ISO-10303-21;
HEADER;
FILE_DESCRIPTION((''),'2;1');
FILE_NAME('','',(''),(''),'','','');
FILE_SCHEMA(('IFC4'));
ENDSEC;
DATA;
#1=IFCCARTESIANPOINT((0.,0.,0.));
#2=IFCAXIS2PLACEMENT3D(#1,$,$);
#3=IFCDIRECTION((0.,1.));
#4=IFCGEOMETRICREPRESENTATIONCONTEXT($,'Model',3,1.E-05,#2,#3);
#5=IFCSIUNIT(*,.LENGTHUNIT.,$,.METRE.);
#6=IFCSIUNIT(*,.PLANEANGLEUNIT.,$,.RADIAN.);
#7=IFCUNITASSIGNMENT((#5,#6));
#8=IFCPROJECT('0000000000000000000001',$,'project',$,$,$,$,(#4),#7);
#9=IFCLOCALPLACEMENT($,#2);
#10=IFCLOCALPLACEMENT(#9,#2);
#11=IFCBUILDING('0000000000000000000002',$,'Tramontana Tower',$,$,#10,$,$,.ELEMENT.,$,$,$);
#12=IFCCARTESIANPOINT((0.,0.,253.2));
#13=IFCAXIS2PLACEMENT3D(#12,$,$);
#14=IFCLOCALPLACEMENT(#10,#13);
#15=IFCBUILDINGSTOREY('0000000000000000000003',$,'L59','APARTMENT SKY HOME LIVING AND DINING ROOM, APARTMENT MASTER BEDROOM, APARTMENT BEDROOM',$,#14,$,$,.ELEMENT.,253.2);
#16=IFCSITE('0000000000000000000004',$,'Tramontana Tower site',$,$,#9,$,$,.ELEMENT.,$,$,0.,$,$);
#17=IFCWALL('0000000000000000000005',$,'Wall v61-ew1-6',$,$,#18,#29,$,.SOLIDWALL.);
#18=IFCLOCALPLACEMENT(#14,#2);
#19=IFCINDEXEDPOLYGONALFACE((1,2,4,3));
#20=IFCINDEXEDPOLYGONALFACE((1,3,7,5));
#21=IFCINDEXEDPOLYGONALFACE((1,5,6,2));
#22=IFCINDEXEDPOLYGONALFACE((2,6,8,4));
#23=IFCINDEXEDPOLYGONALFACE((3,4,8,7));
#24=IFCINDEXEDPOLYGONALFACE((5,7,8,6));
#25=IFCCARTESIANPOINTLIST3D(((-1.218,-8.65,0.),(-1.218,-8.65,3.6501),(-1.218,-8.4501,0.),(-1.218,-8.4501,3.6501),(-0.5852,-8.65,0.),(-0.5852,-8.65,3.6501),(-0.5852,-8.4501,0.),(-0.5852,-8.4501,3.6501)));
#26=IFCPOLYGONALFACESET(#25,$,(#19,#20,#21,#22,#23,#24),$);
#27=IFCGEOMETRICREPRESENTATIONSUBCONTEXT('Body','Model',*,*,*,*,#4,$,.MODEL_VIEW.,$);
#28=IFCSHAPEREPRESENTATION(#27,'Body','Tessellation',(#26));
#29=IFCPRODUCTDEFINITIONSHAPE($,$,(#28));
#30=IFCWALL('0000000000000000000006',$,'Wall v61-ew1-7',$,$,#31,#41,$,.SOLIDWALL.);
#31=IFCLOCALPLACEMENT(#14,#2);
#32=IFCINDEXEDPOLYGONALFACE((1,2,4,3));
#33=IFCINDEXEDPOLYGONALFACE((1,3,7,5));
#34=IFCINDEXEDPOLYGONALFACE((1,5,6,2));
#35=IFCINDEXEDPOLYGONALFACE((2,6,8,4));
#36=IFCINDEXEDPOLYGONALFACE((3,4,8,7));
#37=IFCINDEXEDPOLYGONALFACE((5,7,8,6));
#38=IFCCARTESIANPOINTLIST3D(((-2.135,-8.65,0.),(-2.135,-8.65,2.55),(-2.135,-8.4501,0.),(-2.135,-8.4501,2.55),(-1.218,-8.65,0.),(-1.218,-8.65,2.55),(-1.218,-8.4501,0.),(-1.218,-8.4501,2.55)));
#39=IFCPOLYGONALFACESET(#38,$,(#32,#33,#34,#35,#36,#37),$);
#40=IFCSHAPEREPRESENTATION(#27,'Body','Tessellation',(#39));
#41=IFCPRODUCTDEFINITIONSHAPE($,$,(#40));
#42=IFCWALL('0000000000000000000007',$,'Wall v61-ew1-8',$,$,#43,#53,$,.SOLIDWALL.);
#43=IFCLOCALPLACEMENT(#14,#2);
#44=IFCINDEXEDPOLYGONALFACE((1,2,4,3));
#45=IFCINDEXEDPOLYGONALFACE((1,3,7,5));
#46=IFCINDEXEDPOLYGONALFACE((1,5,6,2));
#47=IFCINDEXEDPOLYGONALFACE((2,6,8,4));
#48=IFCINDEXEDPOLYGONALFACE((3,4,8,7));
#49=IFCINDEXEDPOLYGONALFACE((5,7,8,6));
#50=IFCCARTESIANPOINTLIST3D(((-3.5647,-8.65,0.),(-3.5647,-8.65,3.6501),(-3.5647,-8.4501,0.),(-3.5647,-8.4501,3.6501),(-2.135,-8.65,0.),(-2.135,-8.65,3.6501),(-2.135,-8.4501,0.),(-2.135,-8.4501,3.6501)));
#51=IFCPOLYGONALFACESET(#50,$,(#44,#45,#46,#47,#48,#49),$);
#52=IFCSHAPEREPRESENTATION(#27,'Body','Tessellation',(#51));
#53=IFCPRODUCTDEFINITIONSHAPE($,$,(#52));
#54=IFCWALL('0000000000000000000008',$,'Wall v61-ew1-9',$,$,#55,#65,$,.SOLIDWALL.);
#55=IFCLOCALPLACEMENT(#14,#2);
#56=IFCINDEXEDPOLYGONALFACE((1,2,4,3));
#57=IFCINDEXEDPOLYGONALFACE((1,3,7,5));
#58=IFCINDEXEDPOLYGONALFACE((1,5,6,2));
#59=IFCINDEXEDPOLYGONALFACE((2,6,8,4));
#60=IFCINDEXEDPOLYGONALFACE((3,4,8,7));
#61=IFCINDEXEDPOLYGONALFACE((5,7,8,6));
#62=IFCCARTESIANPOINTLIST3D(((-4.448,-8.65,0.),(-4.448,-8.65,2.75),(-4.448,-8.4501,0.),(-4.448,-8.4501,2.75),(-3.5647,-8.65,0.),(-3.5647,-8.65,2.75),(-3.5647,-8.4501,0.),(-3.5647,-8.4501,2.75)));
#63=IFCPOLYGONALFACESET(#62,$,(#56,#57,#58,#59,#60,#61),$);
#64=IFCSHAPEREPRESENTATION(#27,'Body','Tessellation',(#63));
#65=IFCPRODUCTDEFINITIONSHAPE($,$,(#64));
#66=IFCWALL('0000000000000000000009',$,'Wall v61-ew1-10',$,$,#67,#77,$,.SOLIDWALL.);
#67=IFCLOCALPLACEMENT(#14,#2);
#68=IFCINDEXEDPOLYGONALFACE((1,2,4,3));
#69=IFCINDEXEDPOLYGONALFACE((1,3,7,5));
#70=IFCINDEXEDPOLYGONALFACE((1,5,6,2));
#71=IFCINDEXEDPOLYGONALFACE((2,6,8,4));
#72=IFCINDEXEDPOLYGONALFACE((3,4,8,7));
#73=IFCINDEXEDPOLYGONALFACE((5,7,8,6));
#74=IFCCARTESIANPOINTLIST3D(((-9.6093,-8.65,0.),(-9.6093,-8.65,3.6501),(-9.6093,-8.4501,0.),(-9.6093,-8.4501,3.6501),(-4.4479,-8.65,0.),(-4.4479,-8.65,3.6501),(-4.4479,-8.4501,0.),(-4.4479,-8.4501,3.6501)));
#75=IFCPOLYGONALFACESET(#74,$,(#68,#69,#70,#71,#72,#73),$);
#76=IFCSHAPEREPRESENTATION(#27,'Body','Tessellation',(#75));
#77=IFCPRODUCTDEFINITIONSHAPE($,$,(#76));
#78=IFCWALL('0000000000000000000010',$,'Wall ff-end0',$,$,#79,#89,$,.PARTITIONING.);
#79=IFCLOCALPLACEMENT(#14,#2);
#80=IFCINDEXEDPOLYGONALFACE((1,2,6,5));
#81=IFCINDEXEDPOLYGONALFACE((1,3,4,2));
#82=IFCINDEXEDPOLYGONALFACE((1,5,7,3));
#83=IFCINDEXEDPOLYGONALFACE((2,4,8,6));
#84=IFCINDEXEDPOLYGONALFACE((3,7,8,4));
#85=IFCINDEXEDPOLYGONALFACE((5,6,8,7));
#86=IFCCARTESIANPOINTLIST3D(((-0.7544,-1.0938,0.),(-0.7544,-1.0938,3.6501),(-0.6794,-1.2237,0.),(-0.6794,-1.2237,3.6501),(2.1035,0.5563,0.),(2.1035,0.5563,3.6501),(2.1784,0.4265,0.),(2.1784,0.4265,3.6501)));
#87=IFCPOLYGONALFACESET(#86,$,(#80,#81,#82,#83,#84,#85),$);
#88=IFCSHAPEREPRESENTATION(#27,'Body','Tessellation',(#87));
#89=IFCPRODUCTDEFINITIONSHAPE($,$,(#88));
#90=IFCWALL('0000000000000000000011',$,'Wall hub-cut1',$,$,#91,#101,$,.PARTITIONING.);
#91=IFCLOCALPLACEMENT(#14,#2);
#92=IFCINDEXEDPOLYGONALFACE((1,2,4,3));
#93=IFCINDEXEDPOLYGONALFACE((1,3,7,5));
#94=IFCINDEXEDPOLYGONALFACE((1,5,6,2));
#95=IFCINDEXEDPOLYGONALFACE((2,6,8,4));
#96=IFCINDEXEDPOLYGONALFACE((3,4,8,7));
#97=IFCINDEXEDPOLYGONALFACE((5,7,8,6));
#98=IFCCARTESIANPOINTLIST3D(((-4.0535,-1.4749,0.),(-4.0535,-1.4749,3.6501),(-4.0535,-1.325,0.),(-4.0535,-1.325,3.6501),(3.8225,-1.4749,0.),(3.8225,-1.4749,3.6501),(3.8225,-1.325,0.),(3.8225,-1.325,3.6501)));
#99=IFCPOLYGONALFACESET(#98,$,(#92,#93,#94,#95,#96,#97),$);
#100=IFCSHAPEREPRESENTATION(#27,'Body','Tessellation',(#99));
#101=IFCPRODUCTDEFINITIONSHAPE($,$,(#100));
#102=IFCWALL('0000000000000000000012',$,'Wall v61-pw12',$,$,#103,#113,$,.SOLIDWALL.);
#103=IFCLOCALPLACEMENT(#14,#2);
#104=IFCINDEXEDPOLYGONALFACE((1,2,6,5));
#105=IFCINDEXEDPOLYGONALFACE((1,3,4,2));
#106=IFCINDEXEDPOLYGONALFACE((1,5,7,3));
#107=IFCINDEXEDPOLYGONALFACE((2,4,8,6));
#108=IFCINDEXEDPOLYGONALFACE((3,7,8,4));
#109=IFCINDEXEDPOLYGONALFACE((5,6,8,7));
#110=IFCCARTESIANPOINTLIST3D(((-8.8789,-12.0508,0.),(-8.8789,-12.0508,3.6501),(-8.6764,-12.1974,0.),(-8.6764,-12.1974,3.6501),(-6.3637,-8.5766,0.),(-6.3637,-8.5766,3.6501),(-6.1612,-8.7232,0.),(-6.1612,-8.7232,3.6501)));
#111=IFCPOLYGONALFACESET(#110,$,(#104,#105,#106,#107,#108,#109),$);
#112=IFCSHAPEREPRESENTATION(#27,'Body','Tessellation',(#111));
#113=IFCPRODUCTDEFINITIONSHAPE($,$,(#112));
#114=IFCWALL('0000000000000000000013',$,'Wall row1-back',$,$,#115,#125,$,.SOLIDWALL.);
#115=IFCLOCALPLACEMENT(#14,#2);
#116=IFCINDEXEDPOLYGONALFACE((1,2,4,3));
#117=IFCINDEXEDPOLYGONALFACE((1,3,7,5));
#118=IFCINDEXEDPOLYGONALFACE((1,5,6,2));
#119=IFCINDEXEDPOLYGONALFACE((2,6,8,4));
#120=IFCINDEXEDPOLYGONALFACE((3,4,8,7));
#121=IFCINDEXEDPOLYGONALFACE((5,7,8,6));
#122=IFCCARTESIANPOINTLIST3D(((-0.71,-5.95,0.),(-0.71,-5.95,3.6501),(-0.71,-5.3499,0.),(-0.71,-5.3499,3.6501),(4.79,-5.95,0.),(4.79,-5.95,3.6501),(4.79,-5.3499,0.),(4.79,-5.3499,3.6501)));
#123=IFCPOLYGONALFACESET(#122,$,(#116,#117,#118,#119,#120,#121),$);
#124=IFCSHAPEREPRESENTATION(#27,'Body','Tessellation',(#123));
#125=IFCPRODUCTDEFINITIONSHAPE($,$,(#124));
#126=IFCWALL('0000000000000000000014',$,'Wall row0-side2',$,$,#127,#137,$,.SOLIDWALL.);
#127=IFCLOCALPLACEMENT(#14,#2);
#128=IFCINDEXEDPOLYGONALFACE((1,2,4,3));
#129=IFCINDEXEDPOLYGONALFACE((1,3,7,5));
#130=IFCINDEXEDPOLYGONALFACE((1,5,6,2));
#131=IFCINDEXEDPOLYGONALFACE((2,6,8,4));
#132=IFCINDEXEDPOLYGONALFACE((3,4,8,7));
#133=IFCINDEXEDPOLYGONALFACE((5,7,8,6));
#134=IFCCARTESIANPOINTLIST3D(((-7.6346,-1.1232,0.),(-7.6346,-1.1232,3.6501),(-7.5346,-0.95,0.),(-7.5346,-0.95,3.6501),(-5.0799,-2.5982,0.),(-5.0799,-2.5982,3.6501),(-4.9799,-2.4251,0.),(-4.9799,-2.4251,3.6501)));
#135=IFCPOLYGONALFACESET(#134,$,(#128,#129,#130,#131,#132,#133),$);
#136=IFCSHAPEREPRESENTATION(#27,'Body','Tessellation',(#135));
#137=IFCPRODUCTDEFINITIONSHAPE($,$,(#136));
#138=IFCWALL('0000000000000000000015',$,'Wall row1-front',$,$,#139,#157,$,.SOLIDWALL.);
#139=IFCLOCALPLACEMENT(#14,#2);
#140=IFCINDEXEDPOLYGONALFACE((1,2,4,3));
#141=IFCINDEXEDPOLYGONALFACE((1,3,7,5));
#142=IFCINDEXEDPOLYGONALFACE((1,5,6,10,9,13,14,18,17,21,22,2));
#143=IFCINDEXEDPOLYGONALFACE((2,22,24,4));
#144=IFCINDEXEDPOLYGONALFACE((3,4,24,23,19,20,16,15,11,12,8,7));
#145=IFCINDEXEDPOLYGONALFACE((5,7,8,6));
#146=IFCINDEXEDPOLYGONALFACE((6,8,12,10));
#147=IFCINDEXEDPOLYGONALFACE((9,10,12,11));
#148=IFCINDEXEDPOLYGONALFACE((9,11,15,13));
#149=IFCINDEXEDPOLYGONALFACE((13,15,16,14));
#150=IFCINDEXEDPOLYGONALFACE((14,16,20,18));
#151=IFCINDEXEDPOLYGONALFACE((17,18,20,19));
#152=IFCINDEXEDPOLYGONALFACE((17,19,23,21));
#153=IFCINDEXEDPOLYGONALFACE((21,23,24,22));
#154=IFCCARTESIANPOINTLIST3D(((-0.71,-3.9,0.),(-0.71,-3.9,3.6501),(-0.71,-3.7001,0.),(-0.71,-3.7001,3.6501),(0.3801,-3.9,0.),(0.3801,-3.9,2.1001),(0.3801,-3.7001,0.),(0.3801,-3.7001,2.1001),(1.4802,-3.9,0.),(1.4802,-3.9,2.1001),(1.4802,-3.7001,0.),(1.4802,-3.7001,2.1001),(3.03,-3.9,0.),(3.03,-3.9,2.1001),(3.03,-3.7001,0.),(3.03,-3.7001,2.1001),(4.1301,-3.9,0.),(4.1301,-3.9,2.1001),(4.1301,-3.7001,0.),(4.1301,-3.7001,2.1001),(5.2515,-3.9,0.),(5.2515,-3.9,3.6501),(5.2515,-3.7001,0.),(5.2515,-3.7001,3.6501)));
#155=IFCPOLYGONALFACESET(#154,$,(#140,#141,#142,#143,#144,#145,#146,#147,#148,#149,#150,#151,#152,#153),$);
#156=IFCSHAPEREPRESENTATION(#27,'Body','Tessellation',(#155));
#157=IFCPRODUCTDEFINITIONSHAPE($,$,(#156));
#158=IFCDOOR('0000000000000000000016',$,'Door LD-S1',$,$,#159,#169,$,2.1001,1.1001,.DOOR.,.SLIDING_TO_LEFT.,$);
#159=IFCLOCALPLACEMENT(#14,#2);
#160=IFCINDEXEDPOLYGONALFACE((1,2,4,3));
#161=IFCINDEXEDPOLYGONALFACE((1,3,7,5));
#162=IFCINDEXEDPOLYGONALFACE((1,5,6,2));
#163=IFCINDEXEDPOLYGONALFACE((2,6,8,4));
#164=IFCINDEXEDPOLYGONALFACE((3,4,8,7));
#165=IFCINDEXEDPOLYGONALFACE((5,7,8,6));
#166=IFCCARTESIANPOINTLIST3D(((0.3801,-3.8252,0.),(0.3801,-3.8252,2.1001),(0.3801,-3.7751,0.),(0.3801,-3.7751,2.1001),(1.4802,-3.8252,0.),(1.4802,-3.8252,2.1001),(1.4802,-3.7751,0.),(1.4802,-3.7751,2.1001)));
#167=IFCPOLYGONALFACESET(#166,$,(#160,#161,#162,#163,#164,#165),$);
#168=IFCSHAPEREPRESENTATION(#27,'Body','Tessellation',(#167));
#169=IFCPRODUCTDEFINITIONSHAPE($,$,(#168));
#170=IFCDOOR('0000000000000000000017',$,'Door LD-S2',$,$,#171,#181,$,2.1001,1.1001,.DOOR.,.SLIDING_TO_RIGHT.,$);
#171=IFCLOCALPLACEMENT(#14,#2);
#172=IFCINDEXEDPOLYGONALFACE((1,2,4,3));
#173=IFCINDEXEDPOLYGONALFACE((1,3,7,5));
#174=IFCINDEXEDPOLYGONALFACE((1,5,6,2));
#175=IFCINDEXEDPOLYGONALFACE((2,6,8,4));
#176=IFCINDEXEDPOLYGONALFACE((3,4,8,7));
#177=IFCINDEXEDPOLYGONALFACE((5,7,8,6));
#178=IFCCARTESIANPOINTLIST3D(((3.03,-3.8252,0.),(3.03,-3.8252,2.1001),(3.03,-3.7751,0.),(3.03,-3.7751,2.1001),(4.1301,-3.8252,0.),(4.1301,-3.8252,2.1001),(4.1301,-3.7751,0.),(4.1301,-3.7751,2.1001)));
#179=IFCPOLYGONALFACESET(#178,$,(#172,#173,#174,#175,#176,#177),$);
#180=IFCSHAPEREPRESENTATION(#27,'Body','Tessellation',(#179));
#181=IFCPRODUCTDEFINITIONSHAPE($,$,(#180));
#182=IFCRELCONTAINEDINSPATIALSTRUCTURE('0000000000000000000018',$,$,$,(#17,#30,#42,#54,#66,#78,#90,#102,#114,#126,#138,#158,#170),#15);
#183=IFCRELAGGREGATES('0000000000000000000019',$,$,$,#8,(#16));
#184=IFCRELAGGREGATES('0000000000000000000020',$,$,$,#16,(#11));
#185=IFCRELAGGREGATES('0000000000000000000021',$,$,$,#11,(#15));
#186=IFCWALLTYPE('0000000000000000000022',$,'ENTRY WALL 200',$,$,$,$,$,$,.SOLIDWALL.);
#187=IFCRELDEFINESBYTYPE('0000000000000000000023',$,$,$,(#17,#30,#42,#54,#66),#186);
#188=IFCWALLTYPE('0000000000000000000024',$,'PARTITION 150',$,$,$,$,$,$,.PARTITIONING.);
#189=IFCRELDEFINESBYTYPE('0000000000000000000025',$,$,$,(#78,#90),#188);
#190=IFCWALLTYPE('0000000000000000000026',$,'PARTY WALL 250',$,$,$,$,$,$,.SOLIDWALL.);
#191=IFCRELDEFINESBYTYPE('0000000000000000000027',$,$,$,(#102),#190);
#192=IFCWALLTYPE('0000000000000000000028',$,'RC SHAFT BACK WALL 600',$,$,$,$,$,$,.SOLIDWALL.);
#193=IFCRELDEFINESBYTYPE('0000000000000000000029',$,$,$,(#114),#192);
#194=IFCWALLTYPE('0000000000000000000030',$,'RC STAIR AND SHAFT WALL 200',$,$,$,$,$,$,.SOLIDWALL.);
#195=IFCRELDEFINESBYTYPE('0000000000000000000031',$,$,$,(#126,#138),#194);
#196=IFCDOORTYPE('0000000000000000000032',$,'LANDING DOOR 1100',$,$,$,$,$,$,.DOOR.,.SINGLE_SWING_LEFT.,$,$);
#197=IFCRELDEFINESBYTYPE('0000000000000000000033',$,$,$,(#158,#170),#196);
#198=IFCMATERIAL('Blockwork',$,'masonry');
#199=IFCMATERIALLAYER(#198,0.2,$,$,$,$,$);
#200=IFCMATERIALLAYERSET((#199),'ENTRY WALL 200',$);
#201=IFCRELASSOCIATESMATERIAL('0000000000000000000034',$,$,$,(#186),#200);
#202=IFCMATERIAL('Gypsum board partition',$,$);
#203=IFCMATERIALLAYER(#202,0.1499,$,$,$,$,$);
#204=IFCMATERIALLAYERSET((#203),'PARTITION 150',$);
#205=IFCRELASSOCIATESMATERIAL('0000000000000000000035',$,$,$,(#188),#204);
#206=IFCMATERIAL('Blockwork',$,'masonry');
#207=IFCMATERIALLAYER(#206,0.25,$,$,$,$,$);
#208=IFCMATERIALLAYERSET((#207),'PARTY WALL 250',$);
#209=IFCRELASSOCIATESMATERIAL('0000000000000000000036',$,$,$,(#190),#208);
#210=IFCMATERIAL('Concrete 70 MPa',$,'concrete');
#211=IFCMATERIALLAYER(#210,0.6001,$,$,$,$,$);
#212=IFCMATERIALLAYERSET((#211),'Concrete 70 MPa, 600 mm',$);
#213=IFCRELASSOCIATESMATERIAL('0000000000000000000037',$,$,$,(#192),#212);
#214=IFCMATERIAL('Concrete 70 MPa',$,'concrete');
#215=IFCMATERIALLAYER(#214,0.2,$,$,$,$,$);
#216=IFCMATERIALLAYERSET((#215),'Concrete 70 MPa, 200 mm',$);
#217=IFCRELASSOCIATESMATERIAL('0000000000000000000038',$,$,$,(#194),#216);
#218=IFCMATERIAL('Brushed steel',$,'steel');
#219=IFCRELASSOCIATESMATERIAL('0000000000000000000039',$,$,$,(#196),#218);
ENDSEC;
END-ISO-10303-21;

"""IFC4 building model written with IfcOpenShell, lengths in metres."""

from ifc_helpers import new_model, si_unit, direction, frame, frame_2d, origin, place, context, subcontext, project, spatial, rectangle, extrude, material, layer, layer_set, type_object, element, fill, save


model = new_model("IFC4")

# Units and contexts
model_context = context("Model", 3, precision=1e-05, world=origin(), true_north=direction((0.0, 1.0)))
body_context = subcontext(model_context, "Body", "Model", "MODEL_VIEW")
ifc_project = project(units=[si_unit("LENGTHUNIT", "METRE"), si_unit("PLANEANGLEUNIT", "RADIAN")], contexts=[model_context])

# Site, building, storey
site_placement = place(None, origin())
site = spatial("IfcSite", under=ifc_project, at=site_placement, Name="Tramontana Tower site", CompositionType="ELEMENT", RefElevation=0.0)
building_placement = place(site_placement, origin())
building = spatial("IfcBuilding", under=site, at=building_placement, Name="Tramontana Tower", CompositionType="ELEMENT")
storey_placement = place(building_placement, frame((0.0, 0.0, 253.2)))
storey = spatial("IfcBuildingStorey", under=building, at=storey_placement, Name="L59", Description="APARTMENT SKY HOME LIVING AND DINING ROOM, APARTMENT MASTER BEDROOM, APARTMENT BEDROOM", CompositionType="ELEMENT", Elevation=253.2)

# Walls
ifc_material_1 = material(Name="Blockwork", Category="masonry")
ifc_layer_1 = layer(ifc_material_1, 0.2)
ifc_layer_set_1 = layer_set([ifc_layer_1], Name="ENTRY WALL 200")
wall_type_1 = type_object("IfcWallType", Name="ENTRY WALL 200", PredefinedType="SOLIDWALL", material=ifc_layer_set_1)
wall_1_placement = place(storey_placement, frame((-0.5852, -8.55, 0.0), z_axis=(0.0, 0.0, 1.0), x_axis=(-1.0, 0.0, 0.0)))
element("IfcWall", 1, at=wall_1_placement, inside=storey, type_object=wall_type_1, Name="Wall v61-ew1-6", PredefinedType="SOLIDWALL", context=body_context, shape_type="SweptSolid", body=[
    extrude(rectangle(XDim=0.6328, YDim=0.2, at=frame_2d((0.3164, 0.0))), origin(), (0.0, 0.0, 1.0), 3.6501),
])
wall_2_placement = place(storey_placement, frame((-1.218, -8.55, 0.0), z_axis=(0.0, 0.0, 1.0), x_axis=(-1.0, 0.0, 0.0)))
element("IfcWall", 2, at=wall_2_placement, inside=storey, type_object=wall_type_1, Name="Wall v61-ew1-7", PredefinedType="SOLIDWALL", context=body_context, shape_type="SweptSolid", body=[
    extrude(rectangle(XDim=0.917, YDim=0.2, at=frame_2d((0.4585, 0.0))), origin(), (0.0, 0.0, 1.0), 2.55),
])
wall_3_placement = place(storey_placement, frame((-2.135, -8.55, 0.0), z_axis=(0.0, 0.0, 1.0), x_axis=(-1.0, 0.0, 0.0)))
element("IfcWall", 3, at=wall_3_placement, inside=storey, type_object=wall_type_1, Name="Wall v61-ew1-8", PredefinedType="SOLIDWALL", context=body_context, shape_type="SweptSolid", body=[
    extrude(rectangle(XDim=1.4297, YDim=0.2, at=frame_2d((0.7148, 0.0))), origin(), (0.0, 0.0, 1.0), 3.6501),
])
wall_4_placement = place(storey_placement, frame((-3.5647, -8.55, 0.0), z_axis=(0.0, 0.0, 1.0), x_axis=(-1.0, 0.0, 0.0)))
element("IfcWall", 4, at=wall_4_placement, inside=storey, type_object=wall_type_1, Name="Wall v61-ew1-9", PredefinedType="SOLIDWALL", context=body_context, shape_type="SweptSolid", body=[
    extrude(rectangle(XDim=0.8833, YDim=0.2, at=frame_2d((0.4417, 0.0))), origin(), (0.0, 0.0, 1.0), 2.75),
])
wall_5_placement = place(storey_placement, frame((-4.448, -8.55, 0.0), z_axis=(0.0, 0.0, 1.0), x_axis=(-1.0, 0.0, 0.0)))
element("IfcWall", 5, at=wall_5_placement, inside=storey, type_object=wall_type_1, Name="Wall v61-ew1-10", PredefinedType="SOLIDWALL", context=body_context, shape_type="SweptSolid", body=[
    extrude(rectangle(XDim=5.1614, YDim=0.2, at=frame_2d((2.5806, 0.0))), origin(), (0.0, 0.0, 1.0), 3.6501),
])

# Shared definitions
ifc_material_2 = material(Name="Gypsum board partition")
ifc_layer_2 = layer(ifc_material_2, 0.1499)
ifc_layer_set_2 = layer_set([ifc_layer_2], Name="PARTITION 150")
wall_type_2 = type_object("IfcWallType", Name="PARTITION 150", PredefinedType="PARTITIONING", material=ifc_layer_set_2)

# Walls
wall_6_placement = place(storey_placement, frame((-0.7168, -1.1587, 0.0), z_axis=(0.0, 0.0, 1.0), x_axis=(0.866008, 0.50003, 0.0)))
element("IfcWall", 6, at=wall_6_placement, inside=storey, type_object=wall_type_2, Name="Wall ff-end0", PredefinedType="PARTITIONING", context=body_context, shape_type="SweptSolid", body=[
    extrude(rectangle(XDim=3.3, YDim=0.1499, at=frame_2d((1.6499, 0.0))), origin(), (0.0, 0.0, 1.0), 3.6501),
])
wall_7_placement = place(storey_placement, frame((-4.0535, -1.3999, 0.0), z_axis=(0.0, 0.0, 1.0), x_axis=(1.0, 0.0, 0.0)))
element("IfcWall", 7, at=wall_7_placement, inside=storey, type_object=wall_type_2, Name="Wall hub-cut1", PredefinedType="PARTITIONING", context=body_context, shape_type="SweptSolid", body=[
    extrude(rectangle(XDim=7.876, YDim=0.1499, at=frame_2d((3.938, 0.0))), origin(), (0.0, 0.0, 1.0), 3.6501),
])
ifc_material_3 = material(Name="Blockwork", Category="masonry")
ifc_layer_3 = layer(ifc_material_3, 0.25)
ifc_layer_set_3 = layer_set([ifc_layer_3], Name="PARTY WALL 250")
wall_type_3 = type_object("IfcWallType", Name="PARTY WALL 250", PredefinedType="SOLIDWALL", material=ifc_layer_set_3)
wall_8_placement = place(storey_placement, frame((-6.2625, -8.6499, 0.0), z_axis=(0.0, 0.0, 1.0), x_axis=(-0.586417, -0.810009, 0.0)))
element("IfcWall", 8, at=wall_8_placement, inside=storey, type_object=wall_type_3, Name="Wall v61-pw12", PredefinedType="SOLIDWALL", context=body_context, shape_type="SweptSolid", body=[
    extrude(rectangle(XDim=4.2891, YDim=0.25, at=frame_2d((2.1445, 0.0))), origin(), (0.0, 0.0, 1.0), 3.6501),
])
ifc_material_4 = material(Name="Concrete 70 MPa", Category="concrete")
ifc_layer_4 = layer(ifc_material_4, 0.6001)
ifc_layer_set_4 = layer_set([ifc_layer_4], Name="Concrete 70 MPa, 600 mm")
wall_type_4 = type_object("IfcWallType", Name="RC SHAFT BACK WALL 600", PredefinedType="SOLIDWALL", material=ifc_layer_set_4)
wall_9_placement = place(storey_placement, frame((-0.71, -5.6499, 0.0), z_axis=(0.0, 0.0, 1.0), x_axis=(1.0, 0.0, 0.0)))
element("IfcWall", 9, at=wall_9_placement, inside=storey, type_object=wall_type_4, Name="Wall row1-back", PredefinedType="SOLIDWALL", context=body_context, shape_type="SweptSolid", body=[
    extrude(rectangle(XDim=5.5, YDim=0.6001, at=frame_2d((2.75, 0.0))), origin(), (0.0, 0.0, 1.0), 3.6501),
])

# Shared definitions
ifc_material_5 = material(Name="Concrete 70 MPa", Category="concrete")
ifc_layer_5 = layer(ifc_material_5, 0.2)
ifc_layer_set_5 = layer_set([ifc_layer_5], Name="Concrete 70 MPa, 200 mm")
wall_type_5 = type_object("IfcWallType", Name="RC STAIR AND SHAFT WALL 200", PredefinedType="SOLIDWALL", material=ifc_layer_set_5)

# Wall
wall_10_placement = place(storey_placement, frame((-5.0298, -2.5117, 0.0), z_axis=(0.0, 0.0, 1.0), x_axis=(-0.866004, 0.500038, 0.0)))
element("IfcWall", 10, at=wall_10_placement, inside=storey, type_object=wall_type_5, Name="Wall row0-side2", PredefinedType="SOLIDWALL", context=body_context, shape_type="SweptSolid", body=[
    extrude(rectangle(XDim=2.95, YDim=0.2, at=frame_2d((1.4751, 0.0))), origin(), (0.0, 0.0, 1.0), 3.6501),
])

# Wall, openings, doors
wall_11_placement = place(storey_placement, frame((-0.71, -3.8, 0.0), z_axis=(0.0, 0.0, 1.0), x_axis=(1.0, 0.0, 0.0)))
wall_11 = element("IfcWall", 11, at=wall_11_placement, inside=storey, type_object=wall_type_5, Name="Wall row1-front", PredefinedType="SOLIDWALL", context=body_context, shape_type="SweptSolid", body=[
    extrude(rectangle(XDim=5.9614, YDim=0.2, at=frame_2d((2.9807, 0.0))), origin(), (0.0, 0.0, 1.0), 3.6501),
])
opening_1_placement = place(wall_11_placement, frame((1.0901, 0.0, 0.0)))
opening_1 = element("IfcOpeningElement", 12, at=opening_1_placement, cuts=wall_11, PredefinedType="OPENING", context=body_context, shape_type="SweptSolid", body=[
    extrude(rectangle(XDim=1.1001, YDim=2.1001, at=frame_2d((0.55, 1.05))), frame((0.0, 0.1099, 0.0), z_axis=(0.0, -1.0, 0.0), x_axis=(1.0, 0.0, 0.0)), (0.0, 0.0, 1.0), 0.22),
])
opening_2_placement = place(wall_11_placement, frame((3.74, 0.0, 0.0)))
opening_2 = element("IfcOpeningElement", 13, at=opening_2_placement, cuts=wall_11, PredefinedType="OPENING", context=body_context, shape_type="SweptSolid", body=[
    extrude(rectangle(XDim=1.1001, YDim=2.1001, at=frame_2d((0.55, 1.05))), frame((0.0, 0.1099, 0.0), z_axis=(0.0, -1.0, 0.0), x_axis=(1.0, 0.0, 0.0)), (0.0, 0.0, 1.0), 0.22),
])
ifc_material_6 = material(Name="Brushed steel", Category="steel")
door_type_1 = type_object("IfcDoorType", Name="LANDING DOOR 1100", OperationType="SINGLE_SWING_LEFT", PredefinedType="DOOR", material=ifc_material_6)
door_1_placement = place(opening_1_placement, origin())
door_1 = element("IfcDoor", 14, at=door_1_placement, inside=storey, type_object=door_type_1, Name="Door LD-S1", OperationType="SLIDING_TO_LEFT", OverallHeight=2.1001, OverallWidth=1.1001, PredefinedType="DOOR", context=body_context, shape_type="SweptSolid", body=[
    extrude(rectangle(XDim=1.1001, YDim=2.1001, at=frame_2d((0.55, 1.05))), frame((0.0, 0.0249, 0.0), z_axis=(0.0, -1.0, 0.0), x_axis=(1.0, 0.0, 0.0)), (0.0, 0.0, 1.0), 0.05),
])
fill(opening_1, door_1)
door_2_placement = place(opening_2_placement, origin())
door_2 = element("IfcDoor", 15, at=door_2_placement, inside=storey, type_object=door_type_1, Name="Door LD-S2", OperationType="SLIDING_TO_RIGHT", OverallHeight=2.1001, OverallWidth=1.1001, PredefinedType="DOOR", context=body_context, shape_type="SweptSolid", body=[
    extrude(rectangle(XDim=1.1001, YDim=2.1001, at=frame_2d((0.55, 1.05))), frame((0.0, 0.0249, 0.0), z_axis=(0.0, -1.0, 0.0), x_axis=(1.0, 0.0, 0.0)), (0.0, 0.0, 1.0), 0.05),
])
fill(opening_2, door_2)

save(model, "model.ifc")
